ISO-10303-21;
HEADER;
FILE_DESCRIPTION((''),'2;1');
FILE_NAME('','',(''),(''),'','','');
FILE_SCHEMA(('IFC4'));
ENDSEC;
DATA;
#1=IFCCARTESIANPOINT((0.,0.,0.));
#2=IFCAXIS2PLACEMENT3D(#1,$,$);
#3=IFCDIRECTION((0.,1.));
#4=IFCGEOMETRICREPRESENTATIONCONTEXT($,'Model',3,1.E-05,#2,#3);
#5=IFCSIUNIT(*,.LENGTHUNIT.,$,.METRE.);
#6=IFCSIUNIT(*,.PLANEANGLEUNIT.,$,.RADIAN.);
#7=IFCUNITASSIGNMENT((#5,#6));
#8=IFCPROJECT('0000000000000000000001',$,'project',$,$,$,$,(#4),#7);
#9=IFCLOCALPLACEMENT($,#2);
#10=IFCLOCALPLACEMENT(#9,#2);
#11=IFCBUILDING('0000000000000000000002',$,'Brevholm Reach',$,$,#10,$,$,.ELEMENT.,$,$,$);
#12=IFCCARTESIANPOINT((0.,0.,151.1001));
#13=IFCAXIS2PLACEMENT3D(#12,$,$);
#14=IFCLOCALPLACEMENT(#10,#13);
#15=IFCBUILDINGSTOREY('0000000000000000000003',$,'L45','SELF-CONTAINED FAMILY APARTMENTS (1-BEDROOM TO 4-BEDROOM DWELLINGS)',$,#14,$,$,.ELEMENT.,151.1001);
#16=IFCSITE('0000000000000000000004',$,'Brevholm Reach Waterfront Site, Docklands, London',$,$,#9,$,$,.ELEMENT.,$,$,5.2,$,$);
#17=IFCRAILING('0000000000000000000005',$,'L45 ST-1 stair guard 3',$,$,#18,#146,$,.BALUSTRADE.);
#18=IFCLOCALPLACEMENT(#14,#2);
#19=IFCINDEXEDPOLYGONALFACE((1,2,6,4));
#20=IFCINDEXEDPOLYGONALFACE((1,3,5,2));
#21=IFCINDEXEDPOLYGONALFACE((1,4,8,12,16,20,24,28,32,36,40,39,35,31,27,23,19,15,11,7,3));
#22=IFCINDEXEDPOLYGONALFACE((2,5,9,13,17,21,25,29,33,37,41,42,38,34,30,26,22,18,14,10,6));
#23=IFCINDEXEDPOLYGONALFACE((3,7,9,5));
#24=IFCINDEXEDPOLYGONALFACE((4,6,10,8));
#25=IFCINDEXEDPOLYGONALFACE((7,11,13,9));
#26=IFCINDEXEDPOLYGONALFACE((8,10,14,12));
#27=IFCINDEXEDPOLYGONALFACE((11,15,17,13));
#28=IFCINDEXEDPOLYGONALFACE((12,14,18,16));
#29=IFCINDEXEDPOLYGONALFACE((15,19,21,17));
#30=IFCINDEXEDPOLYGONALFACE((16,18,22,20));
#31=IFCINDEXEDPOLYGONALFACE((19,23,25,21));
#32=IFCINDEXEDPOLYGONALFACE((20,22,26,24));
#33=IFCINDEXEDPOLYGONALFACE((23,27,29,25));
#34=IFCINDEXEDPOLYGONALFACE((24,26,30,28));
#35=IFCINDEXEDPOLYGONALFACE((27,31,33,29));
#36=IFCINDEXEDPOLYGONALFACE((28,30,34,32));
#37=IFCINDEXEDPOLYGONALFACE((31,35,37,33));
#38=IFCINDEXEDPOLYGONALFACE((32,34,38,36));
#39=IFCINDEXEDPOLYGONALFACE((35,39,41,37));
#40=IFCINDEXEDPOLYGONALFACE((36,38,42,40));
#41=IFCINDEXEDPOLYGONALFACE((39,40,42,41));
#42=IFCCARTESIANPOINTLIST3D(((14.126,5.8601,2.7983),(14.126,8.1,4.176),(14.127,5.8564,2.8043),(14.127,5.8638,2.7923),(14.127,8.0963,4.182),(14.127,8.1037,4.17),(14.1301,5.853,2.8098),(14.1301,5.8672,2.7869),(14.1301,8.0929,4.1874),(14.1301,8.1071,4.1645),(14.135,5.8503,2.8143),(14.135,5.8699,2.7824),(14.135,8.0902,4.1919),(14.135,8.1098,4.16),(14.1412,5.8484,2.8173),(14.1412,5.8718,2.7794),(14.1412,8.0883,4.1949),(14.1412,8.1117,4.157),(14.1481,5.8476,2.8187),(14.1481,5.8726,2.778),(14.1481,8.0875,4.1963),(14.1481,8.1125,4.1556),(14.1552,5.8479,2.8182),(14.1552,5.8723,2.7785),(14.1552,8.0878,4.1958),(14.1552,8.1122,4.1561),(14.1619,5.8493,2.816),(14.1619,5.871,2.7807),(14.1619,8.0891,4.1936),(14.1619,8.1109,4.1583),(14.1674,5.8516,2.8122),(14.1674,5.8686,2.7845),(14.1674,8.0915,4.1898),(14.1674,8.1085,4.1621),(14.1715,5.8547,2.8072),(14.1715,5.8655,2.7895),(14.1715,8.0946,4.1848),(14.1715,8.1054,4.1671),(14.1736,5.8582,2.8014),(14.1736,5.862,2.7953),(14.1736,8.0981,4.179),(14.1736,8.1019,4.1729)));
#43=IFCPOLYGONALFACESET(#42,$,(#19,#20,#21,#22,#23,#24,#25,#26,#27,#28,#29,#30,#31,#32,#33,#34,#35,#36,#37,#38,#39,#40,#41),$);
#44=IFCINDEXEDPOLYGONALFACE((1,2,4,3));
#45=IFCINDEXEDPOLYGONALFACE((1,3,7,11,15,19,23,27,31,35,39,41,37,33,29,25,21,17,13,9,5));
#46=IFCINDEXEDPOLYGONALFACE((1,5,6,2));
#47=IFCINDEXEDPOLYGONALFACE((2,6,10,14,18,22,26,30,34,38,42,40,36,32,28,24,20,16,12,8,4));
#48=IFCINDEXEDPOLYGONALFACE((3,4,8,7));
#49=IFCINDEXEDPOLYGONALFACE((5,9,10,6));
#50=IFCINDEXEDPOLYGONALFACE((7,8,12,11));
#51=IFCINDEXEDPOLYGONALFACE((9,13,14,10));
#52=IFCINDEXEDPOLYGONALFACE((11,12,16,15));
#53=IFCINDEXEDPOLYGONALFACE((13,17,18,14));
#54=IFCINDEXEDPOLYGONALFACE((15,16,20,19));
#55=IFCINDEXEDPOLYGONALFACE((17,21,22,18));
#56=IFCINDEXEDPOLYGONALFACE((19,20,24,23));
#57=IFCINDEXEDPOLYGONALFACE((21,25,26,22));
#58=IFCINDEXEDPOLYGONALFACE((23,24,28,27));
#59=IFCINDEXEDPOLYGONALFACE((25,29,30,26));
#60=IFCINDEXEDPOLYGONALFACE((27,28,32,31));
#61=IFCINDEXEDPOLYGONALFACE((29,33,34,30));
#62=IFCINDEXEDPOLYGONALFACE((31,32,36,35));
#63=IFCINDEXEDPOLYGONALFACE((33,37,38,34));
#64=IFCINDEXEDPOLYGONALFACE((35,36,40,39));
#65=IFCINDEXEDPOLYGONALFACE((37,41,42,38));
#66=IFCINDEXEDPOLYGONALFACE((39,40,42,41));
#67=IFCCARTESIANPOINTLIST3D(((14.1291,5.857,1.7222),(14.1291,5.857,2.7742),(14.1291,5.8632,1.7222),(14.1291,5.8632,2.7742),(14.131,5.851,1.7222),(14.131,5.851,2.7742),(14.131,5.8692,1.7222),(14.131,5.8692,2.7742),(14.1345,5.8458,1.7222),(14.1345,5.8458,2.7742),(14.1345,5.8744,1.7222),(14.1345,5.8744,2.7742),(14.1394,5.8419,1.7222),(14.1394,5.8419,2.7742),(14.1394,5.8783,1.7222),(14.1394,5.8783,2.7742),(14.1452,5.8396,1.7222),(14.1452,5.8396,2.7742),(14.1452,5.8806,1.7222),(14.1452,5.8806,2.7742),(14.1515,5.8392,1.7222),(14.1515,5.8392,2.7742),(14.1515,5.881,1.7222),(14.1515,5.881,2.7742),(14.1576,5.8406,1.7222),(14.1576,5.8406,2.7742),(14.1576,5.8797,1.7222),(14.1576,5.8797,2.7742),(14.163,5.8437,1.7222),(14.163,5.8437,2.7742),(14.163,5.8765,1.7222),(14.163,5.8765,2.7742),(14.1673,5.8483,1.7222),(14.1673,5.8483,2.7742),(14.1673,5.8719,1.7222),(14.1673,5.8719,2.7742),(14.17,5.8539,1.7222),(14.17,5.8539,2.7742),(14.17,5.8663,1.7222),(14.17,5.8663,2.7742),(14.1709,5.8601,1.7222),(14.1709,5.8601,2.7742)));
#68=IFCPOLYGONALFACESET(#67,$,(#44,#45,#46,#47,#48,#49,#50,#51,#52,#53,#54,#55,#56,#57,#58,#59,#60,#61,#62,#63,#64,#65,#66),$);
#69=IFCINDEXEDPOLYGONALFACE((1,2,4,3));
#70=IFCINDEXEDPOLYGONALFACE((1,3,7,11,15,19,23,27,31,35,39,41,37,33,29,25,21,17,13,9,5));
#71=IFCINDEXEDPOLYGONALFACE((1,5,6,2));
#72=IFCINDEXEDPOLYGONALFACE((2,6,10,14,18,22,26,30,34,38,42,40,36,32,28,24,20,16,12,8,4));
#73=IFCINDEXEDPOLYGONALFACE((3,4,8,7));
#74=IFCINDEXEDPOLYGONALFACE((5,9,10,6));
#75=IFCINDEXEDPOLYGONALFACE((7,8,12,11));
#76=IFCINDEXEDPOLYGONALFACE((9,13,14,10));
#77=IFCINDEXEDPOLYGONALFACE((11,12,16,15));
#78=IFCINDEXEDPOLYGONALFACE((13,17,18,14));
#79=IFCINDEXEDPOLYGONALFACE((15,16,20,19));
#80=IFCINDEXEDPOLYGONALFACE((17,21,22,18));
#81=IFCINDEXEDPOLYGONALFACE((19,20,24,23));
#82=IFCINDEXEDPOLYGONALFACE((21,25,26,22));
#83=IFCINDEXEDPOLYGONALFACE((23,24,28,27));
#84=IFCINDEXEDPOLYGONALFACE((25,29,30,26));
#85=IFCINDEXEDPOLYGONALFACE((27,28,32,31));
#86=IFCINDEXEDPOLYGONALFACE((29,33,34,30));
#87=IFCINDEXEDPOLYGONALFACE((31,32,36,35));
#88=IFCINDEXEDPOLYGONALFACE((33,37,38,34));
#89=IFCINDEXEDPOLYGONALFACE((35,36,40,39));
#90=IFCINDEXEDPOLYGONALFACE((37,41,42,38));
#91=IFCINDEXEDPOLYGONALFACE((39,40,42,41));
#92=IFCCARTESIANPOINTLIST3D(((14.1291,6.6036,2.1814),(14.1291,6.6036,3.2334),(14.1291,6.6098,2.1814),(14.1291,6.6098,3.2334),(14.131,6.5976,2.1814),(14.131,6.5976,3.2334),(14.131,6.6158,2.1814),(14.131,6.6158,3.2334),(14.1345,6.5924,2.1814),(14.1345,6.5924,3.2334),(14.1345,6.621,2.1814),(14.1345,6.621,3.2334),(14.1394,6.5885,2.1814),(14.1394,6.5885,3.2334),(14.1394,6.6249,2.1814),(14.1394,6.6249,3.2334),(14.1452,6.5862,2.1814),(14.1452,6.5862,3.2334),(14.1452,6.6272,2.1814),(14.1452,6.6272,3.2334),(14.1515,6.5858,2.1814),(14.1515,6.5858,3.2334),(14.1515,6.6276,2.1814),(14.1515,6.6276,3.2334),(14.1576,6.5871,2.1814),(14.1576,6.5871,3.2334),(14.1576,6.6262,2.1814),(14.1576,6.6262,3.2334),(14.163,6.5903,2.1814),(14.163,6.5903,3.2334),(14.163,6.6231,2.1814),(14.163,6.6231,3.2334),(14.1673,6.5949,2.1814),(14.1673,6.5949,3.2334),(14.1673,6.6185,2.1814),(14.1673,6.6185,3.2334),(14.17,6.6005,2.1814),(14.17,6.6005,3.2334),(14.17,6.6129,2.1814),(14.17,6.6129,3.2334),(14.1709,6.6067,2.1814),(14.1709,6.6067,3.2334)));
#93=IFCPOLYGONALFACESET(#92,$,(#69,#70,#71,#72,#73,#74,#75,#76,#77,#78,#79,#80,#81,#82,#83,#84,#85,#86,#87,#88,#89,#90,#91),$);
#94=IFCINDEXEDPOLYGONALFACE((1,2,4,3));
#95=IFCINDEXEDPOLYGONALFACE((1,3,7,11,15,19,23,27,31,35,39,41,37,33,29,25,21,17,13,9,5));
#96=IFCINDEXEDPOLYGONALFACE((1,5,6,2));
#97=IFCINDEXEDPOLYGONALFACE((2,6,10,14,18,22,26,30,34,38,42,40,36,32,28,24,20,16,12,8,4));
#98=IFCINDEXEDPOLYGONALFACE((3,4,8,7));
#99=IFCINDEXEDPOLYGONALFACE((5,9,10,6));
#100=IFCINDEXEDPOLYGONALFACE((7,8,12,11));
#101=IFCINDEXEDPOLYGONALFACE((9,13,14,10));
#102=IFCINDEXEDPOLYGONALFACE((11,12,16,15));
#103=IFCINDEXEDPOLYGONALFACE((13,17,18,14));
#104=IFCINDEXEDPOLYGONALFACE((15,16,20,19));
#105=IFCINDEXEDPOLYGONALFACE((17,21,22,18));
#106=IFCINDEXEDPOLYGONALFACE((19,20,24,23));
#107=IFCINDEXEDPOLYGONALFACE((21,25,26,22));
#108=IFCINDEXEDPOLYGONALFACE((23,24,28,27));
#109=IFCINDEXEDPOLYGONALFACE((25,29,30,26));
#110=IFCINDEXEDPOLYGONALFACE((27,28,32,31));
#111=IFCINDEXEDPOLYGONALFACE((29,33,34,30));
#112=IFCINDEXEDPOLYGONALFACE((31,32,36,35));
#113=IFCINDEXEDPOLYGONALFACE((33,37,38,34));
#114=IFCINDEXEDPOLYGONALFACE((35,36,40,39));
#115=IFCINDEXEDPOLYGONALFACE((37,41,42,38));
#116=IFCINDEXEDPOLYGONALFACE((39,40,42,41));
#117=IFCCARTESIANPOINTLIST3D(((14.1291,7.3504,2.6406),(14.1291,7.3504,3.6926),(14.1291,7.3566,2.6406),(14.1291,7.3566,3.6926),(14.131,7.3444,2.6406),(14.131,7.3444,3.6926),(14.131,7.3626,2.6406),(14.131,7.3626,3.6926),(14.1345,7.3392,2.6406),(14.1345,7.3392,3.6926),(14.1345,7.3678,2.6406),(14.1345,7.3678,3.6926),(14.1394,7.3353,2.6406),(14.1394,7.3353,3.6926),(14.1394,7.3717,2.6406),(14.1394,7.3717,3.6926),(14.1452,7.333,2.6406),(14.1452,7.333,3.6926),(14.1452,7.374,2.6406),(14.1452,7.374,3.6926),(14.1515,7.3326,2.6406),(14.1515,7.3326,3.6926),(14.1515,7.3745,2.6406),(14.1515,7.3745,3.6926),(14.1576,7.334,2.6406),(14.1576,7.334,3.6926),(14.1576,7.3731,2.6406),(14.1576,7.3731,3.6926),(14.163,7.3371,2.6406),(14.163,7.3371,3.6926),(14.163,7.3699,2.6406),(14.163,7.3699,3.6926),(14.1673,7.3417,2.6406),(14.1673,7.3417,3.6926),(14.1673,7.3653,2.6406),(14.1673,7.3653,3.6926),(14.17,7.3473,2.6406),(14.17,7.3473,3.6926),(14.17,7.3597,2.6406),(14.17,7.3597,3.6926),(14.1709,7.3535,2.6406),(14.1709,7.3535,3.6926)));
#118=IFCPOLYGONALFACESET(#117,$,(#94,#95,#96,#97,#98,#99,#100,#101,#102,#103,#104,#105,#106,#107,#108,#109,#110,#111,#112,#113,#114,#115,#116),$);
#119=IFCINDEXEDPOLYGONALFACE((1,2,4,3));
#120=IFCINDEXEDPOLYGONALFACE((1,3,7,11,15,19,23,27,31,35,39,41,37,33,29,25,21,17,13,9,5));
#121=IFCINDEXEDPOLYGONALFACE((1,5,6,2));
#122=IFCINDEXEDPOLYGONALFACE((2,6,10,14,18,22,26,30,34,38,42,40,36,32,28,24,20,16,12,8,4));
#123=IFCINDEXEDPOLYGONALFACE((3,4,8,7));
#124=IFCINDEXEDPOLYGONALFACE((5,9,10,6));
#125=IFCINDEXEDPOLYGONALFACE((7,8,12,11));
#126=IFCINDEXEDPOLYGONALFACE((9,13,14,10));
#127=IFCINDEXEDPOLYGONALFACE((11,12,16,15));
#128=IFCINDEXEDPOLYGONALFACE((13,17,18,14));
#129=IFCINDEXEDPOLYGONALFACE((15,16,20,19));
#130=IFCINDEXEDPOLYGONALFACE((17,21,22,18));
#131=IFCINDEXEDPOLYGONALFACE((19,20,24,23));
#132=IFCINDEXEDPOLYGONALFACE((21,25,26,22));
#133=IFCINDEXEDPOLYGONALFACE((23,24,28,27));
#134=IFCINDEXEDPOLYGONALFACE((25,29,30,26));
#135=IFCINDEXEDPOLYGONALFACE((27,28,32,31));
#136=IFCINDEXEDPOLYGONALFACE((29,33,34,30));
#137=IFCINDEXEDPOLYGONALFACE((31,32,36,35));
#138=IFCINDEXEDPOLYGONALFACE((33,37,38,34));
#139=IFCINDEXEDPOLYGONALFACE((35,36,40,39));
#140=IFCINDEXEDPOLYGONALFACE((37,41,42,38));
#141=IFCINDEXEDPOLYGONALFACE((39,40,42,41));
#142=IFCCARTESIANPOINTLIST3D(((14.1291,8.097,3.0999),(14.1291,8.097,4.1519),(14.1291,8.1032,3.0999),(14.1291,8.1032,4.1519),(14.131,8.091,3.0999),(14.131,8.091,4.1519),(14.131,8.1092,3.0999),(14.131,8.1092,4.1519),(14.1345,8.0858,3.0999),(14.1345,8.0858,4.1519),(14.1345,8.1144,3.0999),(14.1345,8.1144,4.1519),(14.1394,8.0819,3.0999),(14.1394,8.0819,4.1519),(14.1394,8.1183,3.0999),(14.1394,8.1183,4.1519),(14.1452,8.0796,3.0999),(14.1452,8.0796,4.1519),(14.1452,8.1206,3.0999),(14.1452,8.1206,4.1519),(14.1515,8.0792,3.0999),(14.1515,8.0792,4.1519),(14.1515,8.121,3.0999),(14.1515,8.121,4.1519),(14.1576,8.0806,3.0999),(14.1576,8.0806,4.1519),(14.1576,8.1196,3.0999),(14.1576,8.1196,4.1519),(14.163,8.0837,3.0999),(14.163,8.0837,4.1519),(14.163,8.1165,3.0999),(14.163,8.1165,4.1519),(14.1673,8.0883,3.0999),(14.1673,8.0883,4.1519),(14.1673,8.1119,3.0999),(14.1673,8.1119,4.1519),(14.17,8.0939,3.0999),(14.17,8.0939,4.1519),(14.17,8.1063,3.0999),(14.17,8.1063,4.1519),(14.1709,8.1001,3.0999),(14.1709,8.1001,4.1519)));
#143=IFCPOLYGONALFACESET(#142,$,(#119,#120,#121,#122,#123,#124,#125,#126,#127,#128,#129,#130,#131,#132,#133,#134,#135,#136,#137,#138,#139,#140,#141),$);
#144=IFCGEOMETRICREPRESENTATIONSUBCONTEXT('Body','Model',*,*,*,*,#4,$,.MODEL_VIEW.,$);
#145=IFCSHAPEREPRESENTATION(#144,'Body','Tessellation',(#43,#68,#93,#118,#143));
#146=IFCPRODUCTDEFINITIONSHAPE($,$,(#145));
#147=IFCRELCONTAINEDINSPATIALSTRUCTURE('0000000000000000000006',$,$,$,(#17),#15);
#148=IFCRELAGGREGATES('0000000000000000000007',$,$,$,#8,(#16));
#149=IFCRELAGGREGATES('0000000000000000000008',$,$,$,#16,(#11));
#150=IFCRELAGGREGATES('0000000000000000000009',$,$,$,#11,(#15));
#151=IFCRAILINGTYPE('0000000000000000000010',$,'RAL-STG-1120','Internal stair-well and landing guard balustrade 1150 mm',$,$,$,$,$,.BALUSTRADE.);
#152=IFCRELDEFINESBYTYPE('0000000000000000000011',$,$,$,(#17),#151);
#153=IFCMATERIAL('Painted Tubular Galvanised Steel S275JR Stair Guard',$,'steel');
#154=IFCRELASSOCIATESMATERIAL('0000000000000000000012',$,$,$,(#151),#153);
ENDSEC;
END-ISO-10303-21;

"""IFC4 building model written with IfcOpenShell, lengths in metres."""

from ifc_helpers import new_model, si_unit, direction, frame, origin, origin_2d, place, context, subcontext, project, spatial, circle, extrude, material, type_object, element, save


model = new_model("IFC4")

# Units and contexts
model_context = context("Model", 3, precision=1e-05, world=origin(), true_north=direction((0.0, 1.0)))
body_context = subcontext(model_context, "Body", "Model", "MODEL_VIEW")
ifc_project = project(units=[si_unit("LENGTHUNIT", "METRE"), si_unit("PLANEANGLEUNIT", "RADIAN")], contexts=[model_context])

# Site, building, storey
site_placement = place(None, origin())
site = spatial("IfcSite", under=ifc_project, at=site_placement, Name="Brevholm Reach Waterfront Site, Docklands, London", CompositionType="ELEMENT", RefElevation=5.2)
building_placement = place(site_placement, origin())
building = spatial("IfcBuilding", under=site, at=building_placement, Name="Brevholm Reach", CompositionType="ELEMENT")
storey_placement = place(building_placement, frame((0.0, 0.0, 151.1001)))
storey = spatial("IfcBuildingStorey", under=building, at=storey_placement, Name="L45", Description="SELF-CONTAINED FAMILY APARTMENTS (1-BEDROOM TO 4-BEDROOM DWELLINGS)", CompositionType="ELEMENT", Elevation=151.1001)

# Railing
ifc_material_1 = material(Name="Painted Tubular Galvanised Steel S275JR Stair Guard", Category="steel")
railing_type_1 = type_object("IfcRailingType", Name="RAL-STG-1120", Description="Internal stair-well and landing guard balustrade 1150 mm", PredefinedType="BALUSTRADE", material=ifc_material_1)
railing_1_placement = place(storey_placement, frame((14.1499, 5.8601, 1.7222)))
element("IfcRailing", 1, at=railing_1_placement, inside=storey, type_object=railing_type_1, Name="L45 ST-1 stair guard 3", PredefinedType="BALUSTRADE", context=body_context, shape_type="SweptSolid", body=[
    extrude(circle(Radius=0.0239, at=origin_2d()), frame((0.0, 0.0, 1.0762), z_axis=(0.0, 0.851789, 0.523885), x_axis=(-1.0, 0.0, 0.0)), (0.0, 0.0, 1.0), 2.6296),
    extrude(circle(Radius=0.021, at=origin_2d()), origin(), (0.0, 0.0, 1.0), 1.052),
    extrude(circle(Radius=0.021, at=origin_2d()), frame((0.0, 0.7466, 0.4592)), (0.0, 0.0, 1.0), 1.052),
    extrude(circle(Radius=0.021, at=origin_2d()), frame((0.0, 1.4934, 0.9185)), (0.0, 0.0, 1.0), 1.052),
    extrude(circle(Radius=0.021, at=origin_2d()), frame((0.0, 2.24, 1.3777)), (0.0, 0.0, 1.0), 1.052),
])

save(model, "model.ifc")
